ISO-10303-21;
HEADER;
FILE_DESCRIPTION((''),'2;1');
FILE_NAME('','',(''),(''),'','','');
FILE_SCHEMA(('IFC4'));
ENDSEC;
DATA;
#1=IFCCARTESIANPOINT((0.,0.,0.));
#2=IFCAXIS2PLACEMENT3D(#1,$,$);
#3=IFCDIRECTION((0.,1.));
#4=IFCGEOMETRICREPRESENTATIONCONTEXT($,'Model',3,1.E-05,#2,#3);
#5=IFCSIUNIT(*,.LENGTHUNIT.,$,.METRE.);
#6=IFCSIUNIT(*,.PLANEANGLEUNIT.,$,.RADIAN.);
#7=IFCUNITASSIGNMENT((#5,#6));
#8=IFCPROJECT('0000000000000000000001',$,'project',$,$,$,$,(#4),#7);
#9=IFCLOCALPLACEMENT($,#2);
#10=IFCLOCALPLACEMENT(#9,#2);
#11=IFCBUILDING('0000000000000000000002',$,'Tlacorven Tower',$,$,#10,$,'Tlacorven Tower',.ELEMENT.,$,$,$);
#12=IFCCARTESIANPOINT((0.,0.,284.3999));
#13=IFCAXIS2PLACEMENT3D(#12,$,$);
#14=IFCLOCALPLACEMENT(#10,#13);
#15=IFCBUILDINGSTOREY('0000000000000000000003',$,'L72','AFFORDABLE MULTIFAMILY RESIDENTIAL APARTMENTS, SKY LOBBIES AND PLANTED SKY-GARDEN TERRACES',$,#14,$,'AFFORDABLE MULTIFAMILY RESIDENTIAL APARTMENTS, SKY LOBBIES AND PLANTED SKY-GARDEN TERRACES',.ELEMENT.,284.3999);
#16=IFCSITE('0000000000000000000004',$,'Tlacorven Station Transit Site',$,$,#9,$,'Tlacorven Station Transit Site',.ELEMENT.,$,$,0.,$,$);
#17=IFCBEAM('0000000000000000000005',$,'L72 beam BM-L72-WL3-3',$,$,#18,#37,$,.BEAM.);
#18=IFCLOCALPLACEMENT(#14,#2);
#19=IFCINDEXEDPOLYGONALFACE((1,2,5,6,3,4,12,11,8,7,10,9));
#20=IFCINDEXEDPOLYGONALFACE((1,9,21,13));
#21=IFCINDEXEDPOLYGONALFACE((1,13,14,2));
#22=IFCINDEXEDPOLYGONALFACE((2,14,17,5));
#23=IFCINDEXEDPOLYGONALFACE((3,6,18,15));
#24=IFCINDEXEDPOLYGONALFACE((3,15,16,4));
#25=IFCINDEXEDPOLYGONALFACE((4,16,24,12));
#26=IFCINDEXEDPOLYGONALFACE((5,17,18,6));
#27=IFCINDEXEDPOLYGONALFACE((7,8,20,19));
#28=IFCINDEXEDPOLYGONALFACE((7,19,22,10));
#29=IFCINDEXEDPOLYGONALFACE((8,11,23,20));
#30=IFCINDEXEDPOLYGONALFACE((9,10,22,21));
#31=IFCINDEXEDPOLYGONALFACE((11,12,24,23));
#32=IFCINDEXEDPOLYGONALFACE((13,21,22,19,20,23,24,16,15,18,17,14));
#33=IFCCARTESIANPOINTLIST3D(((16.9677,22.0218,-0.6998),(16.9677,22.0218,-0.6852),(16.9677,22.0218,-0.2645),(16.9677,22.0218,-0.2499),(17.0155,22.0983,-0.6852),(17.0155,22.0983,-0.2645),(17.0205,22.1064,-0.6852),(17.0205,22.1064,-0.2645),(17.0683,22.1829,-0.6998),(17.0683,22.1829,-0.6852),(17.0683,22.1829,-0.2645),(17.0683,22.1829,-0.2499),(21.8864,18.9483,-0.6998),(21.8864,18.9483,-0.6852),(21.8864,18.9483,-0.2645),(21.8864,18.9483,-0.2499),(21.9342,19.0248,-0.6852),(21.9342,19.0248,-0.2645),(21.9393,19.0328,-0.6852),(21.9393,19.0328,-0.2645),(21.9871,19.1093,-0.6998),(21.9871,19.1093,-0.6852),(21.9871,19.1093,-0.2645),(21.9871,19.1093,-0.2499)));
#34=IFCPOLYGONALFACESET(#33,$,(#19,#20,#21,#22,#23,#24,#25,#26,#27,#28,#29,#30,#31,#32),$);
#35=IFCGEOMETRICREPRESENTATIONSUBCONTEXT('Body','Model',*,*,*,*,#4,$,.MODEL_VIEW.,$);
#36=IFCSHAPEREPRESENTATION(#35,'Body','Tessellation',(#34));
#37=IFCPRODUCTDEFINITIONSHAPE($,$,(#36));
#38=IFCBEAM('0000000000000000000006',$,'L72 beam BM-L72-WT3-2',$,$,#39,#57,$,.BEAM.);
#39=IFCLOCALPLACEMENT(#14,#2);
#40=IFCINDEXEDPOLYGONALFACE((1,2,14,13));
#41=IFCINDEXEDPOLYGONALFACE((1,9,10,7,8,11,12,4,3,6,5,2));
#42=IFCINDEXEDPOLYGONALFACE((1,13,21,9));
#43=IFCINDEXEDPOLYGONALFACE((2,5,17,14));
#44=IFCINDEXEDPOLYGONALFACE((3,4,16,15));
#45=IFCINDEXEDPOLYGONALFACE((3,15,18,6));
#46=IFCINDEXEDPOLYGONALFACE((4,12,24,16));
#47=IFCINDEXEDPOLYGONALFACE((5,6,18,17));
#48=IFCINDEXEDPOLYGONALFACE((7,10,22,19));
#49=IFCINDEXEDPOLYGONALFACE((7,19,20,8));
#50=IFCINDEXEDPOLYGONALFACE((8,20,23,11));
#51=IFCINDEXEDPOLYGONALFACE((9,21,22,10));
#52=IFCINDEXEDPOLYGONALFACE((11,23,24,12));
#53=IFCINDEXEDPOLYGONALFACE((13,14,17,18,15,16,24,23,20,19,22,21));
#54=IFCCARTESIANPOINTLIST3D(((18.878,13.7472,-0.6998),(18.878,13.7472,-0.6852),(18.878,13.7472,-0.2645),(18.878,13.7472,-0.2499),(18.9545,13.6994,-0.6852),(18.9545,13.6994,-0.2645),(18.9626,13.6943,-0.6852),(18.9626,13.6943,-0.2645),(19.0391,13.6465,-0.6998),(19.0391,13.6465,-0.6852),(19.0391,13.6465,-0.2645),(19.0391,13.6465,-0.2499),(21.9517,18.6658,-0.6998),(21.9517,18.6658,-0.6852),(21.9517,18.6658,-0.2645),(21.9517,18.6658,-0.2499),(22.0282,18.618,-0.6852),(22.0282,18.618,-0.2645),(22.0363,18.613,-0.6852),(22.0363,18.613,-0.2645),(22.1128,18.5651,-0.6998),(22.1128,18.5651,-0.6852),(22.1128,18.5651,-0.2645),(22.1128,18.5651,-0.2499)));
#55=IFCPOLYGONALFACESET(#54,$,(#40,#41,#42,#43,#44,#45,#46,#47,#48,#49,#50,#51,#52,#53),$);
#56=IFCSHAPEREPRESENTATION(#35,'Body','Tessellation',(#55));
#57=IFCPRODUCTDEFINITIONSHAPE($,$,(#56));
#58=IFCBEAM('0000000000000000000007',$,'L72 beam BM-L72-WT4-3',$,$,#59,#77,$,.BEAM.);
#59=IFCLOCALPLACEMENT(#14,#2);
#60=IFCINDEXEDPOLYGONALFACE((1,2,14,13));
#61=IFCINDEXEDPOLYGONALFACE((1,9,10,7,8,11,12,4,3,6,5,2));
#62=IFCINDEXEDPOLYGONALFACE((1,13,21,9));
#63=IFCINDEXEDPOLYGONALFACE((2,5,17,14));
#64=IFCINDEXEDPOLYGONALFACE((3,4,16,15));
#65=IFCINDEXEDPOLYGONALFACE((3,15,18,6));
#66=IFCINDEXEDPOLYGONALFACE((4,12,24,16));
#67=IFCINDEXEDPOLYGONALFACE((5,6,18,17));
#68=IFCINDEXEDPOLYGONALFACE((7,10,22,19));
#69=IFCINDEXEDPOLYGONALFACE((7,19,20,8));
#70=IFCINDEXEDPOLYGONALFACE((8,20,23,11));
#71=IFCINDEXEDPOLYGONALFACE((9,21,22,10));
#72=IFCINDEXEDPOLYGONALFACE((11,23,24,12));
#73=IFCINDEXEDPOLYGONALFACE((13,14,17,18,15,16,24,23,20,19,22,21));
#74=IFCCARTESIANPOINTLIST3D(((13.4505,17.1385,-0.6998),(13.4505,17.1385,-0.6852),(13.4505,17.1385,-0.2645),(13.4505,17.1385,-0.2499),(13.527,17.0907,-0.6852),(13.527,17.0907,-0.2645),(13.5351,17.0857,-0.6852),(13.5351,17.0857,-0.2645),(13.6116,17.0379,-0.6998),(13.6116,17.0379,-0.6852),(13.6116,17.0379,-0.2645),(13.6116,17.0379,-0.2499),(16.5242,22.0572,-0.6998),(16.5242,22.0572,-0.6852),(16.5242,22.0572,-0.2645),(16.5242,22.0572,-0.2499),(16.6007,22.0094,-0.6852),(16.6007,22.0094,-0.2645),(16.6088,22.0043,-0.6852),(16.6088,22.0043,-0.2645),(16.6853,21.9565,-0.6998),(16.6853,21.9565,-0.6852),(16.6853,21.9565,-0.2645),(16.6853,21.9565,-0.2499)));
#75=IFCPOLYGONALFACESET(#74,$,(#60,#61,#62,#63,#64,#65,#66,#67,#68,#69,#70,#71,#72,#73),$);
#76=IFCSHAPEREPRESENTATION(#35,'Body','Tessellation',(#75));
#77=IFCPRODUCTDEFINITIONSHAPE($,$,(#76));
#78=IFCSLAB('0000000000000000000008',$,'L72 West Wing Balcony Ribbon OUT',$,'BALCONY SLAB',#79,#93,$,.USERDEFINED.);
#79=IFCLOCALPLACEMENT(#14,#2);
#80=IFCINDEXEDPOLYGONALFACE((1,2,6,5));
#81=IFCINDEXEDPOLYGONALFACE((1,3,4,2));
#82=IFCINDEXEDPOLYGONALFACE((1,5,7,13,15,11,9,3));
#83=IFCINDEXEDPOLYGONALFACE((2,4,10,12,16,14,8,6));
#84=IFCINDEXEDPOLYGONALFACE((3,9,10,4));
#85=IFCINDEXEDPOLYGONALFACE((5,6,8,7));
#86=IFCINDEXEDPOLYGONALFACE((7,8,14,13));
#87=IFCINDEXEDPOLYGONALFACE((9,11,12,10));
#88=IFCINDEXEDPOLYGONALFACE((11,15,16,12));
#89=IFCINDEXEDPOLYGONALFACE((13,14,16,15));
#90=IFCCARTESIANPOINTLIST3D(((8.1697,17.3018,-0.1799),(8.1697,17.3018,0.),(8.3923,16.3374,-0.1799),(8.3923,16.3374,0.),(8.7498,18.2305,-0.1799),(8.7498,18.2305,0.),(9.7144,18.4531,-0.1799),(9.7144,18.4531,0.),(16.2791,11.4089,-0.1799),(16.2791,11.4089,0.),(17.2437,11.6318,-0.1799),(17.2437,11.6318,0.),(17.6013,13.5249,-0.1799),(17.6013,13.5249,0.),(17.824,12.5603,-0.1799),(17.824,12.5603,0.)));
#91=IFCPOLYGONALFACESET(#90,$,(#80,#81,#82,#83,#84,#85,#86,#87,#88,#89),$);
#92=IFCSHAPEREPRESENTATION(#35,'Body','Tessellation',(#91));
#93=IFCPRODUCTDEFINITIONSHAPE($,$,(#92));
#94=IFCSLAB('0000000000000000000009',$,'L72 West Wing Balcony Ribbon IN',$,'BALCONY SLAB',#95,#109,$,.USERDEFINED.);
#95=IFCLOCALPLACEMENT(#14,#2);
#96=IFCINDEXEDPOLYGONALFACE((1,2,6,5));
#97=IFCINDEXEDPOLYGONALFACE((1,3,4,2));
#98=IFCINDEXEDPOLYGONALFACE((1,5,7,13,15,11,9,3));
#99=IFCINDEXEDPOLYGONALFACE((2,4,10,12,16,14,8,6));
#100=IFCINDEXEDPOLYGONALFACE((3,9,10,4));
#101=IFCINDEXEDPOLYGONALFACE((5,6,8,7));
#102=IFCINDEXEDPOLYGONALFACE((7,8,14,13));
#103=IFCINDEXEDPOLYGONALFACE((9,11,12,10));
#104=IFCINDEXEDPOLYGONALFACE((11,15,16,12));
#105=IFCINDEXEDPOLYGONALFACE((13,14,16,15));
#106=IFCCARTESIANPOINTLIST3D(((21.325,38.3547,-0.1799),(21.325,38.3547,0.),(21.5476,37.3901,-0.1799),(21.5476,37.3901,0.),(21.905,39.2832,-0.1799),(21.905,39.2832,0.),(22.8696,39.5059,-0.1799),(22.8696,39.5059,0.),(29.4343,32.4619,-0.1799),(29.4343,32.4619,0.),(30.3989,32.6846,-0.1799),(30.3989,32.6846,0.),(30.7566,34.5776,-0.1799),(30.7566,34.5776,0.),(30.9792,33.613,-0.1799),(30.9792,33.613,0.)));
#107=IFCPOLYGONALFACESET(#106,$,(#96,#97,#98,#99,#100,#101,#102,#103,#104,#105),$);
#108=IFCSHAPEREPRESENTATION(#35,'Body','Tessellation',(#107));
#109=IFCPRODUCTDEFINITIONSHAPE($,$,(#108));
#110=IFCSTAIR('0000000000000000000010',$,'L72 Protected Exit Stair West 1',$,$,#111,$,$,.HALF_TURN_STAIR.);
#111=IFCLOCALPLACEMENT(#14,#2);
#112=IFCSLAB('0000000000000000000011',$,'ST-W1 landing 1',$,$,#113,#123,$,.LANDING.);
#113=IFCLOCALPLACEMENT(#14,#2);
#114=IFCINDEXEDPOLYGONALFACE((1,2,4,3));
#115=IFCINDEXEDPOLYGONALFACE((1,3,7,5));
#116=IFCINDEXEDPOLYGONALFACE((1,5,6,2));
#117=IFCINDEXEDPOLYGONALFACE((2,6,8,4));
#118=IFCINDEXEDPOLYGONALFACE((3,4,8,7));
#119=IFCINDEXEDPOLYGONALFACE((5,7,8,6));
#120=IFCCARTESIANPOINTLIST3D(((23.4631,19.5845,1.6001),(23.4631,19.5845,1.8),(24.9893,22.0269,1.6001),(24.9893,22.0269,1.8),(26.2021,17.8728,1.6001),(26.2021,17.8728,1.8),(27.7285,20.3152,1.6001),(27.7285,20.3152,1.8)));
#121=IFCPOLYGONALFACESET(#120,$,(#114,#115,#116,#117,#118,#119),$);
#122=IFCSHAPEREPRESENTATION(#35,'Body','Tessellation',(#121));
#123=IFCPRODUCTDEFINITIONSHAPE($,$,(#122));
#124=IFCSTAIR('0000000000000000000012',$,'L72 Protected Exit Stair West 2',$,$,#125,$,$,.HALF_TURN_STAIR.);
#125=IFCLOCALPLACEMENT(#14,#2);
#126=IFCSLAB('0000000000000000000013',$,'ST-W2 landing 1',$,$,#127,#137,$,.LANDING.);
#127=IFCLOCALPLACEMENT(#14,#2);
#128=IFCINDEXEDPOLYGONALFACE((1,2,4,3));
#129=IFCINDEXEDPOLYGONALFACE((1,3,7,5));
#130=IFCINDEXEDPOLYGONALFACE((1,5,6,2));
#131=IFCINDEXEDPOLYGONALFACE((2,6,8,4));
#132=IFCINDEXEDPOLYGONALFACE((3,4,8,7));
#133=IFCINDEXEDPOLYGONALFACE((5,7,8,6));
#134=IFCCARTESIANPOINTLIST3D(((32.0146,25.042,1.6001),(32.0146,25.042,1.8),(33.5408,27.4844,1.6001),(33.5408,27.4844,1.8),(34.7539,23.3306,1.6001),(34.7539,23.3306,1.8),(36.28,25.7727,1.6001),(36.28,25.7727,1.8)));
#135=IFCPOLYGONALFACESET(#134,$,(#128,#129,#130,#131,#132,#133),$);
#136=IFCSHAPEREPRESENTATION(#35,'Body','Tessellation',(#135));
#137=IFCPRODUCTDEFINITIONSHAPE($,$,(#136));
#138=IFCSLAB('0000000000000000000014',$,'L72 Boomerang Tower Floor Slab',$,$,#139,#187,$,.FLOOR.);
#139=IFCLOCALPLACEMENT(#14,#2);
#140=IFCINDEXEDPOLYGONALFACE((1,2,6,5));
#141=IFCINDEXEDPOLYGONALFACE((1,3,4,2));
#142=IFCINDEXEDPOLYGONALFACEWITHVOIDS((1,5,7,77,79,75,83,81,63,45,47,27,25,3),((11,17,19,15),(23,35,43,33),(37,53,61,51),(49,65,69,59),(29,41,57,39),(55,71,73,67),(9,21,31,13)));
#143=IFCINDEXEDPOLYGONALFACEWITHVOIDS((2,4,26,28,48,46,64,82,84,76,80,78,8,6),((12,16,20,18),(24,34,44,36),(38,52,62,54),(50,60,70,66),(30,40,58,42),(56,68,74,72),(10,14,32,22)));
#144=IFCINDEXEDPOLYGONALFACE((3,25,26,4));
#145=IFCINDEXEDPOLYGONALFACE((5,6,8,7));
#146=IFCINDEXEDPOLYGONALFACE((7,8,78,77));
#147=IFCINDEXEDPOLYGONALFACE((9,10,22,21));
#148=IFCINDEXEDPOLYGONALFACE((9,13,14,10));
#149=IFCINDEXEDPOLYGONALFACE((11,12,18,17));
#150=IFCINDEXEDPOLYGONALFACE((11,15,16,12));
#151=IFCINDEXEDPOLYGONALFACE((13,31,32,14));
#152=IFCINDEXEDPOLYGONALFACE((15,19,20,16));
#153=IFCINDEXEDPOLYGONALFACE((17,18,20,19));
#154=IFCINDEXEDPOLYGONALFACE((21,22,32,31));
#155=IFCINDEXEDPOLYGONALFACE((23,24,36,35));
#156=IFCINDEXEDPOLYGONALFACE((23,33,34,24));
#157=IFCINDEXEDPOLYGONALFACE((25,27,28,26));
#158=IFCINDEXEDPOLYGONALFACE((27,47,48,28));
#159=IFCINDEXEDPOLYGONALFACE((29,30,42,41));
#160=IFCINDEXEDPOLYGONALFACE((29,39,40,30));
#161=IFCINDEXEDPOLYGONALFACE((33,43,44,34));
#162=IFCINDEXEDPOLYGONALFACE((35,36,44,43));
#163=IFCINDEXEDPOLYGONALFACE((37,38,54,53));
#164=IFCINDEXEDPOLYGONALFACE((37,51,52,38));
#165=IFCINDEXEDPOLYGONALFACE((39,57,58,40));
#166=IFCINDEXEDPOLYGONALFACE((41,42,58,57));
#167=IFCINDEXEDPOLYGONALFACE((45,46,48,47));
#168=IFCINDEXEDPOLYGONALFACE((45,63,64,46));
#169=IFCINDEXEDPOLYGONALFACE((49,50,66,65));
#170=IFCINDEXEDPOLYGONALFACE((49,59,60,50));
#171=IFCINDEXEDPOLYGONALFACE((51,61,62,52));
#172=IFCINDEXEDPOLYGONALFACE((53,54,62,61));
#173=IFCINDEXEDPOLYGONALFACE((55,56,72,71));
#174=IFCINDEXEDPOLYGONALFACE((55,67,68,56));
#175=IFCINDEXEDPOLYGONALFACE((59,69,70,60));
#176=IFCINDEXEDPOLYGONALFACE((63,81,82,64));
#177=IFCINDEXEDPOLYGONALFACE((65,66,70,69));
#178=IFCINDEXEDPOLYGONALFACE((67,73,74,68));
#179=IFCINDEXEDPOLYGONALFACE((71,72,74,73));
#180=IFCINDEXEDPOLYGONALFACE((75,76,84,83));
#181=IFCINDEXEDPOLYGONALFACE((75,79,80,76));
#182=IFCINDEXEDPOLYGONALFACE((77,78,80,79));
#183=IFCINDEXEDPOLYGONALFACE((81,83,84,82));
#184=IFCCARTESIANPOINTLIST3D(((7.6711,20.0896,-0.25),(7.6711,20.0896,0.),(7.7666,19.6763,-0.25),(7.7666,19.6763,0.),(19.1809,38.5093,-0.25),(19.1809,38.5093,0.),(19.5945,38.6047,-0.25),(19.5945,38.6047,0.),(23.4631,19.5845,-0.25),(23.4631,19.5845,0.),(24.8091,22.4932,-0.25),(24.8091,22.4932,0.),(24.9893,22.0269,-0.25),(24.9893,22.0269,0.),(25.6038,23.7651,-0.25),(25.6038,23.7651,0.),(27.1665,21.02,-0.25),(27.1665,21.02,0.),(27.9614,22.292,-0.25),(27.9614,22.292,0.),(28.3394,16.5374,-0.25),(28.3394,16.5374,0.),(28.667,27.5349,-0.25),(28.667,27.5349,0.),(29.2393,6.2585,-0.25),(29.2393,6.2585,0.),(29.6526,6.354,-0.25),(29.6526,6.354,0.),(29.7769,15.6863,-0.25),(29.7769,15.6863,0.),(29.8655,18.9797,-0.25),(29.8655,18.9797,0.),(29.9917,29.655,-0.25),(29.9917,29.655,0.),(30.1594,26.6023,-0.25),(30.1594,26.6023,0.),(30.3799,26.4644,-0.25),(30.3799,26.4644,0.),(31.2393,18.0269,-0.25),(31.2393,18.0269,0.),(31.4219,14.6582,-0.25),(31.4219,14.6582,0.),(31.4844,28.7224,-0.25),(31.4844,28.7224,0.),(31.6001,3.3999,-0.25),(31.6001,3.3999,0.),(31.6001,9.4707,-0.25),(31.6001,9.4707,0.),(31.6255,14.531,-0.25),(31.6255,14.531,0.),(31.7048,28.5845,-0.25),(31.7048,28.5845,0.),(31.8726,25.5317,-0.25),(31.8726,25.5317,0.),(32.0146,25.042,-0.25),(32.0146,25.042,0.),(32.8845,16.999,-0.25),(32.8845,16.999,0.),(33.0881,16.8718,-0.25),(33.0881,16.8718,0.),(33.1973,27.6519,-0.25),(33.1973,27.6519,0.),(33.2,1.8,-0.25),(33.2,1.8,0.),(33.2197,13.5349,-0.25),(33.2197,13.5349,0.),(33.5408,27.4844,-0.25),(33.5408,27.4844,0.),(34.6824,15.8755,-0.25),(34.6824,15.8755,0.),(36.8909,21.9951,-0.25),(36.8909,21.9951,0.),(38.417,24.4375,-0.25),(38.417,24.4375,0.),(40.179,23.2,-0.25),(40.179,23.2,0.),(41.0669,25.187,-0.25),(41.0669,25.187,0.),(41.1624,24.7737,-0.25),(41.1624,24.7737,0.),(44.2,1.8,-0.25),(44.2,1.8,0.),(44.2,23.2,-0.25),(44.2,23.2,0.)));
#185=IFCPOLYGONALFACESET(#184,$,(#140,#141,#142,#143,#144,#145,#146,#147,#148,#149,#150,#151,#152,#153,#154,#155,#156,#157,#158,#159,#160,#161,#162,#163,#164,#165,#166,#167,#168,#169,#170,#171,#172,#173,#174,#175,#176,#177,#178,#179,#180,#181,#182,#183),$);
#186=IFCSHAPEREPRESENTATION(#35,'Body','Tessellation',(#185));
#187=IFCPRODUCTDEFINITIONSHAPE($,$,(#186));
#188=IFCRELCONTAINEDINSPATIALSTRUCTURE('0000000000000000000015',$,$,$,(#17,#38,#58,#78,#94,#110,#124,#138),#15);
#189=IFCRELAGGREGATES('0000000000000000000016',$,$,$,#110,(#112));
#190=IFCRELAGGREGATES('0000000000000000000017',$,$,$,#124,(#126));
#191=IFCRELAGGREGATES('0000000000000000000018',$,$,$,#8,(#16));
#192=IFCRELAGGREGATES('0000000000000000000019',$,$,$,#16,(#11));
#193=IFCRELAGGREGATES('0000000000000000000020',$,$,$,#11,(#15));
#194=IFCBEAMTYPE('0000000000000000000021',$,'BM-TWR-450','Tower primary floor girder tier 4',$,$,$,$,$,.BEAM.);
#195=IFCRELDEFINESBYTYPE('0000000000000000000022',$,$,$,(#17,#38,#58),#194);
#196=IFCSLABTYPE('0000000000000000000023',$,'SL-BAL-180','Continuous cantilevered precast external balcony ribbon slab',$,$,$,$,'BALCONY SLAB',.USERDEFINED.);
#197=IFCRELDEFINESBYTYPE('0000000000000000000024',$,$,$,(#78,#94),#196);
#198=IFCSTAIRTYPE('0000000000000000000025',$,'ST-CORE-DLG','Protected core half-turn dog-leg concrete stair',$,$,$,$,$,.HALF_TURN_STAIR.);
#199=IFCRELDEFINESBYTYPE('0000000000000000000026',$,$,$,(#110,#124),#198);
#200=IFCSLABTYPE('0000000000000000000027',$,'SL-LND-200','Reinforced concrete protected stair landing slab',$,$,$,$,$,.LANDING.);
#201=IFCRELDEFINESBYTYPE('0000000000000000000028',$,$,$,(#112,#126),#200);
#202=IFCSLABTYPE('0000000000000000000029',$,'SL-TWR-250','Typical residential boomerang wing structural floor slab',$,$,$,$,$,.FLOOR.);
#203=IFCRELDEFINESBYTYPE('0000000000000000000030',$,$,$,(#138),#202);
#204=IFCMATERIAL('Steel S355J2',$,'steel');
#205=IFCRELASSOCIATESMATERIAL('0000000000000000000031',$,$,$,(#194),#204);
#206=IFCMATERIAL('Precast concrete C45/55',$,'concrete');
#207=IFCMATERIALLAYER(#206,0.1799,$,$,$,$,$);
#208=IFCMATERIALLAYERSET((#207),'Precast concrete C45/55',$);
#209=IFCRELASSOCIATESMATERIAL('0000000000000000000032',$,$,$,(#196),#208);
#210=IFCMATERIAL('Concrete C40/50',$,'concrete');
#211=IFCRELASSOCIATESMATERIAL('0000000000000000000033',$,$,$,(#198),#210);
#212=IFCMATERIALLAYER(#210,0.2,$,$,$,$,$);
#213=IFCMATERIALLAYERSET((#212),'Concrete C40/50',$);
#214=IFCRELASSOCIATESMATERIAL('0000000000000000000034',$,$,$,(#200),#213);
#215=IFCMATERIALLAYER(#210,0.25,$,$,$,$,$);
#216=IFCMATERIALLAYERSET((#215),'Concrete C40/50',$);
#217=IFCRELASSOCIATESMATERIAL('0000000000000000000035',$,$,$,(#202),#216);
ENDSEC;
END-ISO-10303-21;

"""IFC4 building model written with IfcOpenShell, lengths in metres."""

from ifc_helpers import new_model, si_unit, direction, frame, origin, origin_2d, place, context, subcontext, project, spatial, polyline, i_section, outline, extrude, source, transform, mapped, material, layer, layer_set, material_profile, profile_set, type_object, element, aggregate, save


model = new_model("IFC4")

# Units and contexts
model_context = context("Model", 3, precision=1e-05, world=origin(), true_north=direction((0.0, 1.0)))
body_context = subcontext(model_context, "Body", "Model", "MODEL_VIEW")
ifc_project = project(units=[si_unit("LENGTHUNIT", "METRE"), si_unit("PLANEANGLEUNIT", "RADIAN")], contexts=[model_context])

# Site, building, storey
site_placement = place(None, origin())
site = spatial("IfcSite", under=ifc_project, at=site_placement, Name="Tlacorven Station Transit Site", LongName="Tlacorven Station Transit Site", CompositionType="ELEMENT", RefElevation=0.0)
building_placement = place(site_placement, origin())
building = spatial("IfcBuilding", under=site, at=building_placement, Name="Tlacorven Tower", LongName="Tlacorven Tower", CompositionType="ELEMENT")
storey_placement = place(building_placement, frame((0.0, 0.0, 284.3999)))
storey = spatial("IfcBuildingStorey", under=building, at=storey_placement, Name="L72", Description="AFFORDABLE MULTIFAMILY RESIDENTIAL APARTMENTS, SKY LOBBIES AND PLANTED SKY-GARDEN TERRACES", LongName="AFFORDABLE MULTIFAMILY RESIDENTIAL APARTMENTS, SKY LOBBIES AND PLANTED SKY-GARDEN TERRACES", CompositionType="ELEMENT", Elevation=284.3999)

# Shared definitions
ifc_material_1 = material(Name="Steel S355J2", Category="steel")

# Beams
ifc_material_profile_1 = material_profile(ifc_material_1, i_section(OverallWidth=0.1899, OverallDepth=0.45, WebThickness=0.0095, FlangeThickness=0.0146, at=origin_2d()), Name="IPE 450")
ifc_profile_set_1 = profile_set([ifc_material_profile_1], Name="Steel S355J2")
beam_type_1 = type_object("IfcBeamType", Name="BM-TWR-450", Description="Tower primary floor girder tier 4", PredefinedType="BEAM", material=ifc_profile_set_1)
shared_shape_1 = source(origin(), body_context, "Body", "SweptSolid", [
    extrude(i_section(OverallWidth=0.1899, OverallDepth=0.45, WebThickness=0.0095, FlangeThickness=0.0146, at=origin_2d()), origin(), (0.0, 0.0, 1.0), 5.8),
])
for number, where, z_axis, x_axis, name in (
    (1, (21.9368, 19.0288, -0.4749), (-0.848053, 0.529912, 0.0), (-0.529912, -0.848053, 0.0), "L72 beam BM-L72-WL3-3"),
    (2, (22.0322, 18.6155, -0.4749), (-0.529942, -0.848034, 0.0), (0.848034, -0.529942, 0.0), "L72 beam BM-L72-WT3-2"),
    (3, (16.6047, 22.0068, -0.4749), (-0.529942, -0.848034, 0.0), (0.848034, -0.529942, 0.0), "L72 beam BM-L72-WT4-3"),
):
    element("IfcBeam", number, at=place(storey_placement, frame(where, z_axis=z_axis, x_axis=x_axis)), inside=storey, type_object=beam_type_1, Name=name, PredefinedType="BEAM", context=body_context, shape_type="MappedRepresentation", body=[
        mapped(shared_shape_1, transform((0.0, 0.0, 0.0), scale=1.0)),
    ])

# Slabs
ifc_material_2 = material(Name="Precast concrete C45/55", Category="concrete")
ifc_layer_1 = layer(ifc_material_2, 0.1799)
ifc_layer_set_1 = layer_set([ifc_layer_1], Name="Precast concrete C45/55")
slab_type_1 = type_object("IfcSlabType", Name="SL-BAL-180", Description="Continuous cantilevered precast external balcony ribbon slab", ElementType="BALCONY SLAB", PredefinedType="USERDEFINED", material=ifc_layer_set_1)
slab_1_placement = place(storey_placement, frame((0.0, 0.0, -0.1799)))
element("IfcSlab", 4, at=slab_1_placement, inside=storey, type_object=slab_type_1, Name="L72 West Wing Balcony Ribbon OUT", ObjectType="BALCONY SLAB", PredefinedType="USERDEFINED", context=body_context, shape_type="SweptSolid", body=[
    extrude(outline(polyline([(17.6013, 13.5249), (9.7144, 18.4531), (8.7498, 18.2305), (8.1697, 17.3018), (8.3923, 16.3374), (16.2791, 11.4089), (17.2437, 11.6318), (17.824, 12.5603), (17.6013, 13.5249)])), origin(), (0.0, 0.0, 1.0), 0.1799),
])
slab_2_placement = place(storey_placement, frame((0.0, 0.0, -0.1799)))
element("IfcSlab", 5, at=slab_2_placement, inside=storey, type_object=slab_type_1, Name="L72 West Wing Balcony Ribbon IN", ObjectType="BALCONY SLAB", PredefinedType="USERDEFINED", context=body_context, shape_type="SweptSolid", body=[
    extrude(outline(polyline([(30.7566, 34.5776), (22.8696, 39.5059), (21.905, 39.2832), (21.325, 38.3547), (21.5476, 37.3901), (29.4343, 32.4619), (30.3989, 32.6846), (30.9792, 33.613), (30.7566, 34.5776)])), origin(), (0.0, 0.0, 1.0), 0.1799),
])

# Stairs, slabs
ifc_material_3 = material(Name="Concrete C40/50", Category="concrete")
stair_type = type_object("IfcStairType", Name="ST-CORE-DLG", Description="Protected core half-turn dog-leg concrete stair", PredefinedType="HALF_TURN_STAIR", material=ifc_material_3)
stair_1_placement = place(storey_placement, origin())
stair_1 = element("IfcStair", 6, at=stair_1_placement, inside=storey, type_object=stair_type, Name="L72 Protected Exit Stair West 1", PredefinedType="HALF_TURN_STAIR")
ifc_layer_2 = layer(ifc_material_3, 0.2)
ifc_layer_set_2 = layer_set([ifc_layer_2], Name="Concrete C40/50")
slab_type_2 = type_object("IfcSlabType", Name="SL-LND-200", Description="Reinforced concrete protected stair landing slab", PredefinedType="LANDING", material=ifc_layer_set_2)
slab_3_placement = place(storey_placement, frame((0.0, 0.0, 1.6001)))
slab_3 = element("IfcSlab", 7, at=slab_3_placement, type_object=slab_type_2, Name="ST-W1 landing 1", PredefinedType="LANDING", context=body_context, shape_type="SweptSolid", body=[
    extrude(outline(polyline([(27.7285, 20.3152), (24.9893, 22.0269), (23.4631, 19.5845), (26.2021, 17.8728), (27.7285, 20.3152)])), origin(), (0.0, 0.0, 1.0), 0.2),
])
aggregate(stair_1, [slab_3])
stair_2_placement = place(storey_placement, origin())
stair_2 = element("IfcStair", 8, at=stair_2_placement, inside=storey, type_object=stair_type, Name="L72 Protected Exit Stair West 2", PredefinedType="HALF_TURN_STAIR")
slab_4_placement = place(storey_placement, frame((0.0, 0.0, 1.6001)))
slab_4 = element("IfcSlab", 9, at=slab_4_placement, type_object=slab_type_2, Name="ST-W2 landing 1", PredefinedType="LANDING", context=body_context, shape_type="SweptSolid", body=[
    extrude(outline(polyline([(36.28, 25.7727), (33.5408, 27.4844), (32.0146, 25.042), (34.7539, 23.3306), (36.28, 25.7727)])), origin(), (0.0, 0.0, 1.0), 0.2),
])
aggregate(stair_2, [slab_4])

# Slab
ifc_layer_3 = layer(ifc_material_3, 0.25)
ifc_layer_set_3 = layer_set([ifc_layer_3], Name="Concrete C40/50")
slab_type_3 = type_object("IfcSlabType", Name="SL-TWR-250", Description="Typical residential boomerang wing structural floor slab", PredefinedType="FLOOR", material=ifc_layer_set_3)
slab_5_placement = place(storey_placement, frame((0.0, 0.0, -0.25)))
element("IfcSlab", 10, at=slab_5_placement, inside=storey, type_object=slab_type_3, Name="L72 Boomerang Tower Floor Slab", PredefinedType="FLOOR", context=body_context, shape_type="SweptSolid", body=[
    extrude(outline(polyline([(44.2, 23.2), (44.2, 1.8), (33.2, 1.8), (31.6001, 3.3999), (31.6001, 9.4707), (29.6526, 6.354), (29.2393, 6.2585), (7.7666, 19.6763), (7.6711, 20.0896), (19.1809, 38.5093), (19.5945, 38.6047), (41.0669, 25.187), (41.1624, 24.7737), (40.179, 23.2), (44.2, 23.2)]), holes=[polyline([(29.8655, 18.9797), (24.9893, 22.0269), (23.4631, 19.5845), (28.3394, 16.5374), (29.8655, 18.9797)]), polyline([(38.417, 24.4375), (33.5408, 27.4844), (32.0146, 25.042), (36.8909, 21.9951), (38.417, 24.4375)]), polyline([(34.6824, 15.8755), (33.0881, 16.8718), (31.6255, 14.531), (33.2197, 13.5349), (34.6824, 15.8755)]), polyline([(32.8845, 16.999), (31.2393, 18.0269), (29.7769, 15.6863), (31.4219, 14.6582), (32.8845, 16.999)]), polyline([(33.1973, 27.6519), (31.7048, 28.5845), (30.3799, 26.4644), (31.8726, 25.5317), (33.1973, 27.6519)]), polyline([(31.4844, 28.7224), (29.9917, 29.655), (28.667, 27.5349), (30.1594, 26.6023), (31.4844, 28.7224)]), polyline([(27.9614, 22.292), (25.6038, 23.7651), (24.8091, 22.4932), (27.1665, 21.02), (27.9614, 22.292)])]), origin(), (0.0, 0.0, 1.0), 0.25),
])

save(model, "model.ifc")
